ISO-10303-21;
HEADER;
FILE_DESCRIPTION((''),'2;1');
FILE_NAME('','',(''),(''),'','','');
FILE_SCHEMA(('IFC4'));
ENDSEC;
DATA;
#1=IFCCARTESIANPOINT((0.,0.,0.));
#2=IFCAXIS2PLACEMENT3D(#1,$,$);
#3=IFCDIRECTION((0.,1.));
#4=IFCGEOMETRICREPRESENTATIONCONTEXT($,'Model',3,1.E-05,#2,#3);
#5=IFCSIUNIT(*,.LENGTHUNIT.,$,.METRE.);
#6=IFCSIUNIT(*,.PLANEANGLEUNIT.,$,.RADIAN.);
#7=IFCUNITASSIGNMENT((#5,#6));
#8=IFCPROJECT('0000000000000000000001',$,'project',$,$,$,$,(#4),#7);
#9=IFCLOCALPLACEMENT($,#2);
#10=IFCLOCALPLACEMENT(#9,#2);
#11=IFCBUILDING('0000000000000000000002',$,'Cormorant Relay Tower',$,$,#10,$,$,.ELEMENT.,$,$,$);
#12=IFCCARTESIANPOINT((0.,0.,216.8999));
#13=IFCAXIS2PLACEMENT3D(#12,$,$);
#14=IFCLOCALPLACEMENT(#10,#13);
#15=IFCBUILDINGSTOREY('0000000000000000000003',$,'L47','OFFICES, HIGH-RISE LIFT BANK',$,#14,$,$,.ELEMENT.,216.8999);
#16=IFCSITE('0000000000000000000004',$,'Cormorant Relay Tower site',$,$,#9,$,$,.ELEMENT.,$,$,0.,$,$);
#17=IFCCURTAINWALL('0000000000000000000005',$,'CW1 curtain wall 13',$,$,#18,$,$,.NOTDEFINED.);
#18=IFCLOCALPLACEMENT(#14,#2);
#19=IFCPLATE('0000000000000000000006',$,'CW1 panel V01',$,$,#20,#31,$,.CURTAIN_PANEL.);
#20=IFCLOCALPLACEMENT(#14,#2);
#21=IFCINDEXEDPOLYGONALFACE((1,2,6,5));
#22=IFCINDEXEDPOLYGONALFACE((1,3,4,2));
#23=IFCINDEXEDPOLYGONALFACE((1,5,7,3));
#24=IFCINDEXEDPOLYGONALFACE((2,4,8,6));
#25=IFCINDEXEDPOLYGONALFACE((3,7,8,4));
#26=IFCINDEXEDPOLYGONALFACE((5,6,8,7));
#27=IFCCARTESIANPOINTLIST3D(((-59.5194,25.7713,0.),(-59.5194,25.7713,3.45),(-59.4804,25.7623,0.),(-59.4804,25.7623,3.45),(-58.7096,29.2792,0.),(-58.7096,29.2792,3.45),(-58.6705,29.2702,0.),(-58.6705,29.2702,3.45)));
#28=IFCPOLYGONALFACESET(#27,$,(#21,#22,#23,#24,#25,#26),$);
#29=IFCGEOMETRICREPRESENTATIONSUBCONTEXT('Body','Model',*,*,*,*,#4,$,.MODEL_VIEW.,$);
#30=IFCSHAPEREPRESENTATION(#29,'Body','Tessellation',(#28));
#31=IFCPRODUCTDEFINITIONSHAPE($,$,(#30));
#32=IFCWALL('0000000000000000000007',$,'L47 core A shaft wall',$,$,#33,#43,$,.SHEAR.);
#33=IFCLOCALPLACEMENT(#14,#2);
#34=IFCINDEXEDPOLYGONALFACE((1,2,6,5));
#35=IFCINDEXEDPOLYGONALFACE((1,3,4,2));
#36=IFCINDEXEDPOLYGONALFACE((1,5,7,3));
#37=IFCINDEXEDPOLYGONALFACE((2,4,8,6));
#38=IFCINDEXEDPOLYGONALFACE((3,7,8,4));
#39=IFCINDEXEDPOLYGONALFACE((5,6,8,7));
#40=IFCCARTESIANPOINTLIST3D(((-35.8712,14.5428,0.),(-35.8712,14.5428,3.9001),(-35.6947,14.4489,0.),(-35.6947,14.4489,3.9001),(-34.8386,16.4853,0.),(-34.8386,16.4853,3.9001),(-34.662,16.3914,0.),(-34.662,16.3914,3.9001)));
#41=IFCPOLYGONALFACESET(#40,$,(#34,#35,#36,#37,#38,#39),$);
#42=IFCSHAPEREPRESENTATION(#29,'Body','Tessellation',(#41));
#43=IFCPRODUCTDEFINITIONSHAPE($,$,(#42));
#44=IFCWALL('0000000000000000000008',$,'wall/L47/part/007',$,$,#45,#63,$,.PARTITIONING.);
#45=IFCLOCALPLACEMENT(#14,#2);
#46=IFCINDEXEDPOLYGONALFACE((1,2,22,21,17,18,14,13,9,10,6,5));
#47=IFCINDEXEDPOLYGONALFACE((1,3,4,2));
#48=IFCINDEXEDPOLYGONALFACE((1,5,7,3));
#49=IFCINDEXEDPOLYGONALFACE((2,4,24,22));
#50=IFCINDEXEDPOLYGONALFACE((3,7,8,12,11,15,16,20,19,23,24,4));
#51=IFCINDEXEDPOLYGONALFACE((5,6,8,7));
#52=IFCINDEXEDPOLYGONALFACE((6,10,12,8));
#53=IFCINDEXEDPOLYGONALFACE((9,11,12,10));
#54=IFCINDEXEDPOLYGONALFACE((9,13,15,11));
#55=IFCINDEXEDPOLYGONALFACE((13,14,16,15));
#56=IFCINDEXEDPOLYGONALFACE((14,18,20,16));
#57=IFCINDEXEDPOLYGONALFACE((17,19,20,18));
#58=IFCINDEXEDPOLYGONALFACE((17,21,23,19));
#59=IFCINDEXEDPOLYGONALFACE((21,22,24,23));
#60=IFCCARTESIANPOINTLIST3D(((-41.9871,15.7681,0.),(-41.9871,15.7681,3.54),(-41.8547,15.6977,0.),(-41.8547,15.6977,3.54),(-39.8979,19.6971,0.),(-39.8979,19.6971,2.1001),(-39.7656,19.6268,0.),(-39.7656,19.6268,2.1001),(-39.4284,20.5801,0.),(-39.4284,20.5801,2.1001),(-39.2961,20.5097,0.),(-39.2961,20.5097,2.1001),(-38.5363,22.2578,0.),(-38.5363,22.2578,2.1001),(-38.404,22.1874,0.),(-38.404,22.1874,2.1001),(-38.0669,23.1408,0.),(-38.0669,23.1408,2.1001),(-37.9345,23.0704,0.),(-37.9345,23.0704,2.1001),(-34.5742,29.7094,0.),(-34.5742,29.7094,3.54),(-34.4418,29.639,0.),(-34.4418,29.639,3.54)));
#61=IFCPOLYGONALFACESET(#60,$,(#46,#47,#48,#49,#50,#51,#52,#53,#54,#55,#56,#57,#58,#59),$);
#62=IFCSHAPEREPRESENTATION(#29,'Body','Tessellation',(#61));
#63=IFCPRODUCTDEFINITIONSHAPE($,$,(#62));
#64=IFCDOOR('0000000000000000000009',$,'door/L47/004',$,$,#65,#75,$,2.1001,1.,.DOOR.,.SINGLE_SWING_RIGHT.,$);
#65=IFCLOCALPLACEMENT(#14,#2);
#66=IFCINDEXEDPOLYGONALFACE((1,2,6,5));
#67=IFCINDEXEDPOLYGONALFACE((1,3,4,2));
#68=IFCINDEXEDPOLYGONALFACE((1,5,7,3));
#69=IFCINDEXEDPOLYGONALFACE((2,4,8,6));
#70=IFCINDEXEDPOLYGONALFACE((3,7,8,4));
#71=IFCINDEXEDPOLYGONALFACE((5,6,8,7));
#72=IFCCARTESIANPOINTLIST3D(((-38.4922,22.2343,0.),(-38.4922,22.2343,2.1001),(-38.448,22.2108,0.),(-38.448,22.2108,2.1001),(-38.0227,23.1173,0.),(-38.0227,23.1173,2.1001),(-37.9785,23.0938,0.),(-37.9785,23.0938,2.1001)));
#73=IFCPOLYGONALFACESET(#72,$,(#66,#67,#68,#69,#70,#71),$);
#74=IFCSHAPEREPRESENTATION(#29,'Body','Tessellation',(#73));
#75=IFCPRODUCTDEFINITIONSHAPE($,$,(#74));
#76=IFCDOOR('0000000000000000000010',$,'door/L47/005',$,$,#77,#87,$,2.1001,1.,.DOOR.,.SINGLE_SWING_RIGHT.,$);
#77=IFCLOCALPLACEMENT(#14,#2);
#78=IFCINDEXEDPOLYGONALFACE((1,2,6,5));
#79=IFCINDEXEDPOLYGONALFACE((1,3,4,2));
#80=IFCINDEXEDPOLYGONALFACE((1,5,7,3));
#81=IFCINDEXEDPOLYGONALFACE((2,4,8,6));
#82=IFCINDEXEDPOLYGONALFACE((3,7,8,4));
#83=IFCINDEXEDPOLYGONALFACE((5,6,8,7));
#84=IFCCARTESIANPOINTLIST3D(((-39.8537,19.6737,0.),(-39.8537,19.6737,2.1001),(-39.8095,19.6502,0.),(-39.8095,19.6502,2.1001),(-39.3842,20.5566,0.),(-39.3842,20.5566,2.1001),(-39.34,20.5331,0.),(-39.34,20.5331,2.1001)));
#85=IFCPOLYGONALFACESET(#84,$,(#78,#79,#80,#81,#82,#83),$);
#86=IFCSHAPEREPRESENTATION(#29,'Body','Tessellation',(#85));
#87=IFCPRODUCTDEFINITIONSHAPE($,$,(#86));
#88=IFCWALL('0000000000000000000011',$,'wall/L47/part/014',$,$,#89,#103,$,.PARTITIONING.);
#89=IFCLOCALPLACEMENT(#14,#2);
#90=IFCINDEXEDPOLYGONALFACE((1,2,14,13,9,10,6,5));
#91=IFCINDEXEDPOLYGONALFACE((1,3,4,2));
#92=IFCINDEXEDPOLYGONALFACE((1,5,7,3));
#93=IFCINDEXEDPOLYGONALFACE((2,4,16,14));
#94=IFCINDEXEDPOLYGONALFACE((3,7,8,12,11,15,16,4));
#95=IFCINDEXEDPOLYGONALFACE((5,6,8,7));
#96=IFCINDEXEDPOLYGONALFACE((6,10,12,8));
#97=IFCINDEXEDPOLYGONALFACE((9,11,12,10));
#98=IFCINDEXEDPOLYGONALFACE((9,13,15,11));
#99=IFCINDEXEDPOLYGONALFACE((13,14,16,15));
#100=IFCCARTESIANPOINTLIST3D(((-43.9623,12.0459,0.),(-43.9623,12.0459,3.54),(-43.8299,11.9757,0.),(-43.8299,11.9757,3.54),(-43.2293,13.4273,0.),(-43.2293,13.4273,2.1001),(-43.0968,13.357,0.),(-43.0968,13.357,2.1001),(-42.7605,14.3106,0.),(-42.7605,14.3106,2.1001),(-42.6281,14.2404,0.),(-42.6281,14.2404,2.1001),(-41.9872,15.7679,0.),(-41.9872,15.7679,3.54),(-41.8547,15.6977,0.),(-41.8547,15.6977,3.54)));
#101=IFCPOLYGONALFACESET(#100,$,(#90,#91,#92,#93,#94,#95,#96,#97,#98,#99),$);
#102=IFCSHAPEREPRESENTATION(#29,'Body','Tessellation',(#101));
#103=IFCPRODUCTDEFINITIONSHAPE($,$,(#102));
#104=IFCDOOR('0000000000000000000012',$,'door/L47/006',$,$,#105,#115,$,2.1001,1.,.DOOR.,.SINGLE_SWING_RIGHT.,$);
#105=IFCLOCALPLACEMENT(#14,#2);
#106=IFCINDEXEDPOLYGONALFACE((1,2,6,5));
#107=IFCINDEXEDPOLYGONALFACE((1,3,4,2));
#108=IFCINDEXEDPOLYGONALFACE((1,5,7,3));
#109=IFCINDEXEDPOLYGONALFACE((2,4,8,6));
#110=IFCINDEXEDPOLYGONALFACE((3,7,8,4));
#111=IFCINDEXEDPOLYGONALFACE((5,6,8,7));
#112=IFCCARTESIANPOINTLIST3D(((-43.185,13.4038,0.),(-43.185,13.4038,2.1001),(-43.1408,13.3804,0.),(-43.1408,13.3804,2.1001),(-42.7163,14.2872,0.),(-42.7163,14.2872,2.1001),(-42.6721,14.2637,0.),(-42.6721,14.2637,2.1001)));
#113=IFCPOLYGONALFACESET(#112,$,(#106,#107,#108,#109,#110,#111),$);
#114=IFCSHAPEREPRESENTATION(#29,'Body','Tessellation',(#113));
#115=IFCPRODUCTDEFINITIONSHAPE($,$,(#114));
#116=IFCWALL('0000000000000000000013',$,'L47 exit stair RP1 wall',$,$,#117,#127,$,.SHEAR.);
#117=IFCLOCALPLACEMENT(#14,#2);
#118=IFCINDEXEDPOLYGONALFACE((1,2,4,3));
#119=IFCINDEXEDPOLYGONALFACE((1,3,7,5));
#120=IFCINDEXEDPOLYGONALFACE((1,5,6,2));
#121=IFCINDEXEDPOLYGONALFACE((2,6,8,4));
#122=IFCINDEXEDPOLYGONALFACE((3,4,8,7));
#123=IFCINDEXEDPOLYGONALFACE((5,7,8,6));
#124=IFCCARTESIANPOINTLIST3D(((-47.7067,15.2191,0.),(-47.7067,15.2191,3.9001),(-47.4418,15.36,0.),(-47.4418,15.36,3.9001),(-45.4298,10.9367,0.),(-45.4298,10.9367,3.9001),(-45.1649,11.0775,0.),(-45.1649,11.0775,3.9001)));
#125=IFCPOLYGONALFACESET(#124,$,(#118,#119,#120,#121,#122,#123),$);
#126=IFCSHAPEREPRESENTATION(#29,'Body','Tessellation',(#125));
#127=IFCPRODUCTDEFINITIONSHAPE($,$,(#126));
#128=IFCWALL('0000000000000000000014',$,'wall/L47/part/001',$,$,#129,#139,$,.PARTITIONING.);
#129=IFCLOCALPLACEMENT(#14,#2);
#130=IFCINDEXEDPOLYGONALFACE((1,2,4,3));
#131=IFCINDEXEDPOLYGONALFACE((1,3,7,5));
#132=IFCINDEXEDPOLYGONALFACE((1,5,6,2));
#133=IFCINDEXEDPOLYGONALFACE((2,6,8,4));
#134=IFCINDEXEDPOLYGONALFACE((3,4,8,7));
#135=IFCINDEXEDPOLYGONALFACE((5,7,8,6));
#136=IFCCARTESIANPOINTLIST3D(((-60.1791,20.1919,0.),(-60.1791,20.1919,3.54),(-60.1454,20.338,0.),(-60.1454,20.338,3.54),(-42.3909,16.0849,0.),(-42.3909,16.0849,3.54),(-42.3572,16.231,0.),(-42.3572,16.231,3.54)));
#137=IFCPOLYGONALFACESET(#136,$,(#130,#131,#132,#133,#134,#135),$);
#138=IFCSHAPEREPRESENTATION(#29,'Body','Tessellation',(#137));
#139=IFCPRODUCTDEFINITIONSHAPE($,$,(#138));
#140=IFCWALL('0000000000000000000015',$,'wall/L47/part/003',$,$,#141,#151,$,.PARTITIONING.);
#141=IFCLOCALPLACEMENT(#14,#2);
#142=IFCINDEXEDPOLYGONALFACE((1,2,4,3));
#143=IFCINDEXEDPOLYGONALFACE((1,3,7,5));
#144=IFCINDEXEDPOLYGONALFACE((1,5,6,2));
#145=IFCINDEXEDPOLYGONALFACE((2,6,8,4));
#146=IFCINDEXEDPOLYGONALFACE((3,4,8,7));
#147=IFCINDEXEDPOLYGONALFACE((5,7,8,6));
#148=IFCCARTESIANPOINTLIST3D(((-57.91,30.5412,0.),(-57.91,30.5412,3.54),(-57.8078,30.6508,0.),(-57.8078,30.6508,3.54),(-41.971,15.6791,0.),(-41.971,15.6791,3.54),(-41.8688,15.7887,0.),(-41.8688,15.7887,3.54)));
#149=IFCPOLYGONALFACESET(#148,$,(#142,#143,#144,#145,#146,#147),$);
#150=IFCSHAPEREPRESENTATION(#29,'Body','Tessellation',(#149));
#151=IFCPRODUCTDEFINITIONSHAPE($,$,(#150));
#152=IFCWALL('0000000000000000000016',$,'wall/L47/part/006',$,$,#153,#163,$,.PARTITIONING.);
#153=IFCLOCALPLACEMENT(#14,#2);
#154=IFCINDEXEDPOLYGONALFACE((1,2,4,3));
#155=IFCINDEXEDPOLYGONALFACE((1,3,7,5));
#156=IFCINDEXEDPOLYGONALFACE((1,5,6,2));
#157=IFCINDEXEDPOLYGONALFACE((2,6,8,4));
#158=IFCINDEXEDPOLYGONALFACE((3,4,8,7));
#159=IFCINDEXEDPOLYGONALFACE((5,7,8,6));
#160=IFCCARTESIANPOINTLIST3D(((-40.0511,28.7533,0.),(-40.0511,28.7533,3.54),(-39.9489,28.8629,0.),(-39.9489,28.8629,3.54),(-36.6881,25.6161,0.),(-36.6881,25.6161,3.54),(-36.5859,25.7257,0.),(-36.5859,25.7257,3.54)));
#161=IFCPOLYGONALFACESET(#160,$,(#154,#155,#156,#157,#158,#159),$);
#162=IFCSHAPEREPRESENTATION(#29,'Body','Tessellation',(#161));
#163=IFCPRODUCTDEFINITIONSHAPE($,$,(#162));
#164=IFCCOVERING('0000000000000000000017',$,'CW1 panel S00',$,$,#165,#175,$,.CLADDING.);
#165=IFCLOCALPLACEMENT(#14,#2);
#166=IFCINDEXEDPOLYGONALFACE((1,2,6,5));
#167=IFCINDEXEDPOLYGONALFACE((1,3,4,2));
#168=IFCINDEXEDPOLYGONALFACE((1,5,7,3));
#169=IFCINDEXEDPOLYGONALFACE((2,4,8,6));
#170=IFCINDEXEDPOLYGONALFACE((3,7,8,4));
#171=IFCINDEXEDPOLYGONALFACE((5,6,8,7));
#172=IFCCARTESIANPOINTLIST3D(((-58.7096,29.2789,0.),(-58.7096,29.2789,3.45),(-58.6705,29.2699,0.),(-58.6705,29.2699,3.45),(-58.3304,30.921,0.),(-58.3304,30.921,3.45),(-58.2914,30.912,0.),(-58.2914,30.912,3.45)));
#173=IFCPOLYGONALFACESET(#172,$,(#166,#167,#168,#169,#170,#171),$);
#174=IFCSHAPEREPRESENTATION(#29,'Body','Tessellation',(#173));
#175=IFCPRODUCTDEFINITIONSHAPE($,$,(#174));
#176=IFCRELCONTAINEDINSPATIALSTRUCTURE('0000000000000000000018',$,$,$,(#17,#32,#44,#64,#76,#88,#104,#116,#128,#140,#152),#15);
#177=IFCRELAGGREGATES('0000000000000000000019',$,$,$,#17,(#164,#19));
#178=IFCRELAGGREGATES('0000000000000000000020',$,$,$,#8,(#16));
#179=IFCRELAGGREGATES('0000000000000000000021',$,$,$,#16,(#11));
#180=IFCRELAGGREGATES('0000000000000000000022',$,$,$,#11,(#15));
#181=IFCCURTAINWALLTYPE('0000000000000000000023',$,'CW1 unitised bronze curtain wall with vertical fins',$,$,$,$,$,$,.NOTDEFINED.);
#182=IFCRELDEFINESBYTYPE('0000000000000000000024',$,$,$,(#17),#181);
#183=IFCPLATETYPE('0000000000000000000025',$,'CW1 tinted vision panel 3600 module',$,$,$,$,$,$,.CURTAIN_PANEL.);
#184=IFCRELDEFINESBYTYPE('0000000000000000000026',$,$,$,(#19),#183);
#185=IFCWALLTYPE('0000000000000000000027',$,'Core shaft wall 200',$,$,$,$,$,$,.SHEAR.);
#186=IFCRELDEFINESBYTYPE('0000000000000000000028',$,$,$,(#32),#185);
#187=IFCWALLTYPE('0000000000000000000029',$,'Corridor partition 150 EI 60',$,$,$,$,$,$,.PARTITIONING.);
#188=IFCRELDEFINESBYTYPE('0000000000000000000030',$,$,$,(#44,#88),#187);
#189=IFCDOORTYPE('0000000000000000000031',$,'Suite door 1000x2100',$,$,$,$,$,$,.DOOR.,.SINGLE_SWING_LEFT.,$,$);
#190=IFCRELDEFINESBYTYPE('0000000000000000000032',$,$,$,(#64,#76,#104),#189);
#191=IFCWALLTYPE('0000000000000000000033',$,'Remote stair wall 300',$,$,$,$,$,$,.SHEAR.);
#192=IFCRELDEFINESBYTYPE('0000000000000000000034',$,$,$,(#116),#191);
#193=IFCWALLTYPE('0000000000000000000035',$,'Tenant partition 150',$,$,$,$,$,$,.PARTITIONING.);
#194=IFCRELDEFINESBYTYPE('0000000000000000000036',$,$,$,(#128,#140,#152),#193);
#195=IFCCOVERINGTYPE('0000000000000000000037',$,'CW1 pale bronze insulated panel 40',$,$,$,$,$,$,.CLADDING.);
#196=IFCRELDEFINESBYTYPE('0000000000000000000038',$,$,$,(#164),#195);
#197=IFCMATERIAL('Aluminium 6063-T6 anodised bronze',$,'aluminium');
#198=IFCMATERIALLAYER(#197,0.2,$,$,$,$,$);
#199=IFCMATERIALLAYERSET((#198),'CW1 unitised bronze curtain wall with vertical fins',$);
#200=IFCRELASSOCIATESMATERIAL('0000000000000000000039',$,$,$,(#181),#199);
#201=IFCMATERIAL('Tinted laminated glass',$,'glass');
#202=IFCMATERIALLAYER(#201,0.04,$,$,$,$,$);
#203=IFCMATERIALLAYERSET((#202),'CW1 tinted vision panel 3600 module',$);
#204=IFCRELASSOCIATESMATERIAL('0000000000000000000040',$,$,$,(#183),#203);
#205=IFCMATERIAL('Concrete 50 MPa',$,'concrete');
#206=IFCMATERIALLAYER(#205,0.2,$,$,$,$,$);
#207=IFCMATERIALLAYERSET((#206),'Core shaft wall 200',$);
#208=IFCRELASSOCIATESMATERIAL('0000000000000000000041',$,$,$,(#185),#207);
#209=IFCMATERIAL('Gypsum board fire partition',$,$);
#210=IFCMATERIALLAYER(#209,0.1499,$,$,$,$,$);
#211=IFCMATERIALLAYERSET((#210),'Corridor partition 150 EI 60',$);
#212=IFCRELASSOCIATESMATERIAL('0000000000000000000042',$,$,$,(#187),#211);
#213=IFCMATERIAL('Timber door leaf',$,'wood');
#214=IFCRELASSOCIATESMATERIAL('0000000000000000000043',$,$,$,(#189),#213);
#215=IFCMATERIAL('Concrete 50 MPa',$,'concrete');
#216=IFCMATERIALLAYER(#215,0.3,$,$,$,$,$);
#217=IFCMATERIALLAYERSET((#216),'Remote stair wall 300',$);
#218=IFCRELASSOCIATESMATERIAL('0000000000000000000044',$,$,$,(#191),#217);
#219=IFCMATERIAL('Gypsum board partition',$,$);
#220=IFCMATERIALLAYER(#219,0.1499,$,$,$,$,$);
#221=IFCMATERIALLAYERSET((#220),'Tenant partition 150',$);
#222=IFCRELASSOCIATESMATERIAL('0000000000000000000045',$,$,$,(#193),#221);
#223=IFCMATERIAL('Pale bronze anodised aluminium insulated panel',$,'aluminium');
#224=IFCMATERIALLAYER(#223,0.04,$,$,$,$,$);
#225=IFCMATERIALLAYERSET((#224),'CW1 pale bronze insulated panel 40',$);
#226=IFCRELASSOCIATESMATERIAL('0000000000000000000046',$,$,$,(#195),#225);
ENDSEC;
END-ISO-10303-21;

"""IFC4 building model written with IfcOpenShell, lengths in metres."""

from ifc_helpers import new_model, si_unit, direction, frame, frame_2d, origin, origin_2d, place, context, subcontext, project, spatial, rectangle, extrude, material, layer, layer_set, type_object, element, fill, aggregate, save


model = new_model("IFC4")

# Units and contexts
model_context = context("Model", 3, precision=1e-05, world=origin(), true_north=direction((0.0, 1.0)))
body_context = subcontext(model_context, "Body", "Model", "MODEL_VIEW")
ifc_project = project(units=[si_unit("LENGTHUNIT", "METRE"), si_unit("PLANEANGLEUNIT", "RADIAN")], contexts=[model_context])

# Site, building, storey
site_placement = place(None, origin())
site = spatial("IfcSite", under=ifc_project, at=site_placement, Name="Cormorant Relay Tower site", CompositionType="ELEMENT", RefElevation=0.0)
building_placement = place(site_placement, origin())
building = spatial("IfcBuilding", under=site, at=building_placement, Name="Cormorant Relay Tower", CompositionType="ELEMENT")
storey_placement = place(building_placement, frame((0.0, 0.0, 216.8999)))
storey = spatial("IfcBuildingStorey", under=building, at=storey_placement, Name="L47", Description="OFFICES, HIGH-RISE LIFT BANK", CompositionType="ELEMENT", Elevation=216.8999)

# Curtain wall
ifc_material_1 = material(Name="Aluminium 6063-T6 anodised bronze", Category="aluminium")
ifc_layer_1 = layer(ifc_material_1, 0.2)
ifc_layer_set_1 = layer_set([ifc_layer_1], Name="CW1 unitised bronze curtain wall with vertical fins")
curtain_wall_type = type_object("IfcCurtainWallType", Name="CW1 unitised bronze curtain wall with vertical fins", PredefinedType="NOTDEFINED", material=ifc_layer_set_1)
curtain_wall_1_placement = place(storey_placement, origin())
curtain_wall_1 = element("IfcCurtainWall", 1, at=curtain_wall_1_placement, inside=storey, type_object=curtain_wall_type, Name="CW1 curtain wall 13", PredefinedType="NOTDEFINED")

# Plate
ifc_material_2 = material(Name="Tinted laminated glass", Category="glass")
ifc_layer_2 = layer(ifc_material_2, 0.04)
ifc_layer_set_2 = layer_set([ifc_layer_2], Name="CW1 tinted vision panel 3600 module")
plate_type_1 = type_object("IfcPlateType", Name="CW1 tinted vision panel 3600 module", PredefinedType="CURTAIN_PANEL", material=ifc_layer_set_2)
plate_1_placement = place(storey_placement, frame((-59.095, 27.5208, 0.0), z_axis=(0.0, 0.0, 1.0), x_axis=(-0.224951, -0.97437, 0.0)))
plate_1 = element("IfcPlate", 2, at=plate_1_placement, type_object=plate_type_1, Name="CW1 panel V01", PredefinedType="CURTAIN_PANEL", context=body_context, shape_type="SweptSolid", body=[
    extrude(rectangle(XDim=3.6001, YDim=0.04, at=origin_2d()), origin(), (0.0, 0.0, 1.0), 3.45),
])

# Wall
ifc_material_3 = material(Name="Concrete 50 MPa", Category="concrete")
ifc_layer_3 = layer(ifc_material_3, 0.2)
ifc_layer_set_3 = layer_set([ifc_layer_3], Name="Core shaft wall 200")
wall_type_1 = type_object("IfcWallType", Name="Core shaft wall 200", PredefinedType="SHEAR", material=ifc_layer_set_3)
wall_1_placement = place(storey_placement, frame((-34.7502, 16.4385, 0.0), z_axis=(0.0, 0.0, 1.0), x_axis=(-0.469401, -0.882985, 0.0)))
element("IfcWall", 3, at=wall_1_placement, inside=storey, type_object=wall_type_1, Name="L47 core A shaft wall", PredefinedType="SHEAR", context=body_context, shape_type="SweptSolid", body=[
    extrude(rectangle(XDim=2.2, YDim=0.2, at=frame_2d((1.1001, 0.0))), origin(), (0.0, 0.0, 1.0), 3.9001),
])

# Wall, openings, doors
ifc_material_4 = material(Name="Gypsum board fire partition")
ifc_layer_4 = layer(ifc_material_4, 0.1499)
ifc_layer_set_4 = layer_set([ifc_layer_4], Name="Corridor partition 150 EI 60")
wall_type_2 = type_object("IfcWallType", Name="Corridor partition 150 EI 60", PredefinedType="PARTITIONING", material=ifc_layer_set_4)
wall_2_placement = place(storey_placement, frame((-41.9209, 15.7329, 0.0), z_axis=(0.0, 0.0, 1.0), x_axis=(0.469481, 0.882942, 0.0)))
wall_2 = element("IfcWall", 4, at=wall_2_placement, inside=storey, type_object=wall_type_2, Name="wall/L47/part/007", PredefinedType="PARTITIONING", context=body_context, shape_type="SweptSolid", body=[
    extrude(rectangle(XDim=15.7896, YDim=0.1499, at=frame_2d((7.8948, 0.0))), origin(), (0.0, 0.0, 1.0), 3.54),
])
opening_1_placement = place(wall_2_placement, frame((7.3501, 0.0, 0.0)))
opening_1 = element("IfcOpeningElement", 5, at=opening_1_placement, cuts=wall_2, PredefinedType="OPENING", context=body_context, shape_type="SweptSolid", body=[
    extrude(rectangle(XDim=1.0, YDim=2.1001, at=frame_2d((0.5, 1.05))), frame((0.0, 0.085, 0.0), z_axis=(0.0, -1.0, 0.0), x_axis=(1.0, 0.0, 0.0)), (0.0, 0.0, 1.0), 0.1699),
])
opening_2_placement = place(wall_2_placement, frame((4.45, 0.0, 0.0)))
opening_2 = element("IfcOpeningElement", 6, at=opening_2_placement, cuts=wall_2, PredefinedType="OPENING", context=body_context, shape_type="SweptSolid", body=[
    extrude(rectangle(XDim=1.0, YDim=2.1001, at=frame_2d((0.5, 1.05))), frame((0.0, 0.085, 0.0), z_axis=(0.0, -1.0, 0.0), x_axis=(1.0, 0.0, 0.0)), (0.0, 0.0, 1.0), 0.1699),
])
ifc_material_5 = material(Name="Timber door leaf", Category="wood")
door_type = type_object("IfcDoorType", Name="Suite door 1000x2100", OperationType="SINGLE_SWING_LEFT", PredefinedType="DOOR", material=ifc_material_5)
door_1_placement = place(opening_1_placement, origin())
door_1 = element("IfcDoor", 7, at=door_1_placement, inside=storey, type_object=door_type, Name="door/L47/004", OperationType="SINGLE_SWING_RIGHT", OverallHeight=2.1001, OverallWidth=1.0, PredefinedType="DOOR", context=body_context, shape_type="SweptSolid", body=[
    extrude(rectangle(XDim=1.0, YDim=2.1001, at=frame_2d((0.5, 1.05))), frame((0.0, 0.0249, 0.0), z_axis=(0.0, -1.0, 0.0), x_axis=(1.0, 0.0, 0.0)), (0.0, 0.0, 1.0), 0.05),
])
fill(opening_1, door_1)
door_2_placement = place(opening_2_placement, origin())
door_2 = element("IfcDoor", 8, at=door_2_placement, inside=storey, type_object=door_type, Name="door/L47/005", OperationType="SINGLE_SWING_RIGHT", OverallHeight=2.1001, OverallWidth=1.0, PredefinedType="DOOR", context=body_context, shape_type="SweptSolid", body=[
    extrude(rectangle(XDim=1.0, YDim=2.1001, at=frame_2d((0.5, 1.05))), frame((0.0, 0.0249, 0.0), z_axis=(0.0, -1.0, 0.0), x_axis=(1.0, 0.0, 0.0)), (0.0, 0.0, 1.0), 0.05),
])
fill(opening_2, door_2)

# Wall, opening, door
wall_3_placement = place(storey_placement, frame((-41.9209, 15.7329, 0.0), z_axis=(0.0, 0.0, 1.0), x_axis=(-0.468753, -0.883329, 0.0)))
wall_3 = element("IfcWall", 9, at=wall_3_placement, inside=storey, type_object=wall_type_2, Name="wall/L47/part/014", PredefinedType="PARTITIONING", context=body_context, shape_type="SweptSolid", body=[
    extrude(rectangle(XDim=4.2136, YDim=0.1499, at=frame_2d((2.1069, 0.0))), origin(), (0.0, 0.0, 1.0), 3.54),
])
opening_3_placement = place(wall_3_placement, frame((1.6499, 0.0, 0.0)))
opening_3 = element("IfcOpeningElement", 10, at=opening_3_placement, cuts=wall_3, PredefinedType="OPENING", context=body_context, shape_type="SweptSolid", body=[
    extrude(rectangle(XDim=1.0, YDim=2.1001, at=frame_2d((0.5, 1.05))), frame((0.0, 0.085, 0.0), z_axis=(0.0, -1.0, 0.0), x_axis=(1.0, 0.0, 0.0)), (0.0, 0.0, 1.0), 0.1699),
])
door_3_placement = place(opening_3_placement, frame((1.0, 0.0, 0.0), z_axis=(0.0, 0.0, 1.0), x_axis=(-1.0, 0.0, 0.0)))
door_3 = element("IfcDoor", 11, at=door_3_placement, inside=storey, type_object=door_type, Name="door/L47/006", OperationType="SINGLE_SWING_RIGHT", OverallHeight=2.1001, OverallWidth=1.0, PredefinedType="DOOR", context=body_context, shape_type="SweptSolid", body=[
    extrude(rectangle(XDim=1.0, YDim=2.1001, at=frame_2d((0.5, 1.05))), frame((0.0, 0.0249, 0.0), z_axis=(0.0, -1.0, 0.0), x_axis=(1.0, 0.0, 0.0)), (0.0, 0.0, 1.0), 0.05),
])
fill(opening_3, door_3)

# Walls
ifc_material_6 = material(Name="Concrete 50 MPa", Category="concrete")
ifc_layer_5 = layer(ifc_material_6, 0.3)
ifc_layer_set_5 = layer_set([ifc_layer_5], Name="Remote stair wall 300")
wall_type_3 = type_object("IfcWallType", Name="Remote stair wall 300", PredefinedType="SHEAR", material=ifc_layer_set_5)
wall_4_placement = place(storey_placement, frame((-47.5742, 15.2896, 0.0), z_axis=(0.0, 0.0, 1.0), x_axis=(0.469443, -0.882963, 0.0)))
element("IfcWall", 12, at=wall_4_placement, inside=storey, type_object=wall_type_3, Name="L47 exit stair RP1 wall", PredefinedType="SHEAR", context=body_context, shape_type="SweptSolid", body=[
    extrude(rectangle(XDim=4.8501, YDim=0.3, at=frame_2d((2.425, 0.0))), origin(), (0.0, 0.0, 1.0), 3.9001),
])
ifc_material_7 = material(Name="Gypsum board partition")
ifc_layer_6 = layer(ifc_material_7, 0.1499)
ifc_layer_set_6 = layer_set([ifc_layer_6], Name="Tenant partition 150")
wall_type_4 = type_object("IfcWallType", Name="Tenant partition 150", PredefinedType="PARTITIONING", material=ifc_layer_set_6)
wall_5_placement = place(storey_placement, frame((-60.1621, 20.2649, 0.0), z_axis=(0.0, 0.0, 1.0), x_axis=(0.974367, -0.224963, 0.0)))
element("IfcWall", 13, at=wall_5_placement, inside=storey, type_object=wall_type_4, Name="wall/L47/part/001", PredefinedType="PARTITIONING", context=body_context, shape_type="SweptSolid", body=[
    extrude(rectangle(XDim=18.2561, YDim=0.1499, at=frame_2d((9.1279, 0.0))), origin(), (0.0, 0.0, 1.0), 3.54),
])
wall_6_placement = place(storey_placement, frame((-41.9199, 15.7339, 0.0), z_axis=(0.0, 0.0, 1.0), x_axis=(-0.731383, 0.681967, 0.0)))
element("IfcWall", 14, at=wall_6_placement, inside=storey, type_object=wall_type_4, Name="wall/L47/part/003", PredefinedType="PARTITIONING", context=body_context, shape_type="SweptSolid", body=[
    extrude(rectangle(XDim=21.793, YDim=0.1499, at=frame_2d((10.8965, 0.0))), origin(), (0.0, 0.0, 1.0), 3.54),
])
wall_7_placement = place(storey_placement, frame((-40.0, 28.8081, 0.0), z_axis=(0.0, 0.0, 1.0), x_axis=(0.731232, -0.682129, 0.0)))
element("IfcWall", 15, at=wall_7_placement, inside=storey, type_object=wall_type_4, Name="wall/L47/part/006", PredefinedType="PARTITIONING", context=body_context, shape_type="SweptSolid", body=[
    extrude(rectangle(XDim=4.5991, YDim=0.1499, at=frame_2d((2.2996, 0.0))), origin(), (0.0, 0.0, 1.0), 3.54),
])

# Covering
ifc_material_8 = material(Name="Pale bronze anodised aluminium insulated panel", Category="aluminium")
ifc_layer_7 = layer(ifc_material_8, 0.04)
ifc_layer_set_7 = layer_set([ifc_layer_7], Name="CW1 pale bronze insulated panel 40")
covering_type = type_object("IfcCoveringType", Name="CW1 pale bronze insulated panel 40", PredefinedType="CLADDING", material=ifc_layer_set_7)
covering_1_placement = place(storey_placement, frame((-58.5005, 30.0955, 0.0), z_axis=(0.0, 0.0, 1.0), x_axis=(-0.224951, -0.97437, 0.0)))
covering_1 = element("IfcCovering", 16, at=covering_1_placement, type_object=covering_type, Name="CW1 panel S00", PredefinedType="CLADDING", context=body_context, shape_type="SweptSolid", body=[
    extrude(rectangle(XDim=1.6853, YDim=0.04, at=origin_2d()), origin(), (0.0, 0.0, 1.0), 3.45),
])
aggregate(curtain_wall_1, [covering_1, plate_1])

save(model, "model.ifc")
